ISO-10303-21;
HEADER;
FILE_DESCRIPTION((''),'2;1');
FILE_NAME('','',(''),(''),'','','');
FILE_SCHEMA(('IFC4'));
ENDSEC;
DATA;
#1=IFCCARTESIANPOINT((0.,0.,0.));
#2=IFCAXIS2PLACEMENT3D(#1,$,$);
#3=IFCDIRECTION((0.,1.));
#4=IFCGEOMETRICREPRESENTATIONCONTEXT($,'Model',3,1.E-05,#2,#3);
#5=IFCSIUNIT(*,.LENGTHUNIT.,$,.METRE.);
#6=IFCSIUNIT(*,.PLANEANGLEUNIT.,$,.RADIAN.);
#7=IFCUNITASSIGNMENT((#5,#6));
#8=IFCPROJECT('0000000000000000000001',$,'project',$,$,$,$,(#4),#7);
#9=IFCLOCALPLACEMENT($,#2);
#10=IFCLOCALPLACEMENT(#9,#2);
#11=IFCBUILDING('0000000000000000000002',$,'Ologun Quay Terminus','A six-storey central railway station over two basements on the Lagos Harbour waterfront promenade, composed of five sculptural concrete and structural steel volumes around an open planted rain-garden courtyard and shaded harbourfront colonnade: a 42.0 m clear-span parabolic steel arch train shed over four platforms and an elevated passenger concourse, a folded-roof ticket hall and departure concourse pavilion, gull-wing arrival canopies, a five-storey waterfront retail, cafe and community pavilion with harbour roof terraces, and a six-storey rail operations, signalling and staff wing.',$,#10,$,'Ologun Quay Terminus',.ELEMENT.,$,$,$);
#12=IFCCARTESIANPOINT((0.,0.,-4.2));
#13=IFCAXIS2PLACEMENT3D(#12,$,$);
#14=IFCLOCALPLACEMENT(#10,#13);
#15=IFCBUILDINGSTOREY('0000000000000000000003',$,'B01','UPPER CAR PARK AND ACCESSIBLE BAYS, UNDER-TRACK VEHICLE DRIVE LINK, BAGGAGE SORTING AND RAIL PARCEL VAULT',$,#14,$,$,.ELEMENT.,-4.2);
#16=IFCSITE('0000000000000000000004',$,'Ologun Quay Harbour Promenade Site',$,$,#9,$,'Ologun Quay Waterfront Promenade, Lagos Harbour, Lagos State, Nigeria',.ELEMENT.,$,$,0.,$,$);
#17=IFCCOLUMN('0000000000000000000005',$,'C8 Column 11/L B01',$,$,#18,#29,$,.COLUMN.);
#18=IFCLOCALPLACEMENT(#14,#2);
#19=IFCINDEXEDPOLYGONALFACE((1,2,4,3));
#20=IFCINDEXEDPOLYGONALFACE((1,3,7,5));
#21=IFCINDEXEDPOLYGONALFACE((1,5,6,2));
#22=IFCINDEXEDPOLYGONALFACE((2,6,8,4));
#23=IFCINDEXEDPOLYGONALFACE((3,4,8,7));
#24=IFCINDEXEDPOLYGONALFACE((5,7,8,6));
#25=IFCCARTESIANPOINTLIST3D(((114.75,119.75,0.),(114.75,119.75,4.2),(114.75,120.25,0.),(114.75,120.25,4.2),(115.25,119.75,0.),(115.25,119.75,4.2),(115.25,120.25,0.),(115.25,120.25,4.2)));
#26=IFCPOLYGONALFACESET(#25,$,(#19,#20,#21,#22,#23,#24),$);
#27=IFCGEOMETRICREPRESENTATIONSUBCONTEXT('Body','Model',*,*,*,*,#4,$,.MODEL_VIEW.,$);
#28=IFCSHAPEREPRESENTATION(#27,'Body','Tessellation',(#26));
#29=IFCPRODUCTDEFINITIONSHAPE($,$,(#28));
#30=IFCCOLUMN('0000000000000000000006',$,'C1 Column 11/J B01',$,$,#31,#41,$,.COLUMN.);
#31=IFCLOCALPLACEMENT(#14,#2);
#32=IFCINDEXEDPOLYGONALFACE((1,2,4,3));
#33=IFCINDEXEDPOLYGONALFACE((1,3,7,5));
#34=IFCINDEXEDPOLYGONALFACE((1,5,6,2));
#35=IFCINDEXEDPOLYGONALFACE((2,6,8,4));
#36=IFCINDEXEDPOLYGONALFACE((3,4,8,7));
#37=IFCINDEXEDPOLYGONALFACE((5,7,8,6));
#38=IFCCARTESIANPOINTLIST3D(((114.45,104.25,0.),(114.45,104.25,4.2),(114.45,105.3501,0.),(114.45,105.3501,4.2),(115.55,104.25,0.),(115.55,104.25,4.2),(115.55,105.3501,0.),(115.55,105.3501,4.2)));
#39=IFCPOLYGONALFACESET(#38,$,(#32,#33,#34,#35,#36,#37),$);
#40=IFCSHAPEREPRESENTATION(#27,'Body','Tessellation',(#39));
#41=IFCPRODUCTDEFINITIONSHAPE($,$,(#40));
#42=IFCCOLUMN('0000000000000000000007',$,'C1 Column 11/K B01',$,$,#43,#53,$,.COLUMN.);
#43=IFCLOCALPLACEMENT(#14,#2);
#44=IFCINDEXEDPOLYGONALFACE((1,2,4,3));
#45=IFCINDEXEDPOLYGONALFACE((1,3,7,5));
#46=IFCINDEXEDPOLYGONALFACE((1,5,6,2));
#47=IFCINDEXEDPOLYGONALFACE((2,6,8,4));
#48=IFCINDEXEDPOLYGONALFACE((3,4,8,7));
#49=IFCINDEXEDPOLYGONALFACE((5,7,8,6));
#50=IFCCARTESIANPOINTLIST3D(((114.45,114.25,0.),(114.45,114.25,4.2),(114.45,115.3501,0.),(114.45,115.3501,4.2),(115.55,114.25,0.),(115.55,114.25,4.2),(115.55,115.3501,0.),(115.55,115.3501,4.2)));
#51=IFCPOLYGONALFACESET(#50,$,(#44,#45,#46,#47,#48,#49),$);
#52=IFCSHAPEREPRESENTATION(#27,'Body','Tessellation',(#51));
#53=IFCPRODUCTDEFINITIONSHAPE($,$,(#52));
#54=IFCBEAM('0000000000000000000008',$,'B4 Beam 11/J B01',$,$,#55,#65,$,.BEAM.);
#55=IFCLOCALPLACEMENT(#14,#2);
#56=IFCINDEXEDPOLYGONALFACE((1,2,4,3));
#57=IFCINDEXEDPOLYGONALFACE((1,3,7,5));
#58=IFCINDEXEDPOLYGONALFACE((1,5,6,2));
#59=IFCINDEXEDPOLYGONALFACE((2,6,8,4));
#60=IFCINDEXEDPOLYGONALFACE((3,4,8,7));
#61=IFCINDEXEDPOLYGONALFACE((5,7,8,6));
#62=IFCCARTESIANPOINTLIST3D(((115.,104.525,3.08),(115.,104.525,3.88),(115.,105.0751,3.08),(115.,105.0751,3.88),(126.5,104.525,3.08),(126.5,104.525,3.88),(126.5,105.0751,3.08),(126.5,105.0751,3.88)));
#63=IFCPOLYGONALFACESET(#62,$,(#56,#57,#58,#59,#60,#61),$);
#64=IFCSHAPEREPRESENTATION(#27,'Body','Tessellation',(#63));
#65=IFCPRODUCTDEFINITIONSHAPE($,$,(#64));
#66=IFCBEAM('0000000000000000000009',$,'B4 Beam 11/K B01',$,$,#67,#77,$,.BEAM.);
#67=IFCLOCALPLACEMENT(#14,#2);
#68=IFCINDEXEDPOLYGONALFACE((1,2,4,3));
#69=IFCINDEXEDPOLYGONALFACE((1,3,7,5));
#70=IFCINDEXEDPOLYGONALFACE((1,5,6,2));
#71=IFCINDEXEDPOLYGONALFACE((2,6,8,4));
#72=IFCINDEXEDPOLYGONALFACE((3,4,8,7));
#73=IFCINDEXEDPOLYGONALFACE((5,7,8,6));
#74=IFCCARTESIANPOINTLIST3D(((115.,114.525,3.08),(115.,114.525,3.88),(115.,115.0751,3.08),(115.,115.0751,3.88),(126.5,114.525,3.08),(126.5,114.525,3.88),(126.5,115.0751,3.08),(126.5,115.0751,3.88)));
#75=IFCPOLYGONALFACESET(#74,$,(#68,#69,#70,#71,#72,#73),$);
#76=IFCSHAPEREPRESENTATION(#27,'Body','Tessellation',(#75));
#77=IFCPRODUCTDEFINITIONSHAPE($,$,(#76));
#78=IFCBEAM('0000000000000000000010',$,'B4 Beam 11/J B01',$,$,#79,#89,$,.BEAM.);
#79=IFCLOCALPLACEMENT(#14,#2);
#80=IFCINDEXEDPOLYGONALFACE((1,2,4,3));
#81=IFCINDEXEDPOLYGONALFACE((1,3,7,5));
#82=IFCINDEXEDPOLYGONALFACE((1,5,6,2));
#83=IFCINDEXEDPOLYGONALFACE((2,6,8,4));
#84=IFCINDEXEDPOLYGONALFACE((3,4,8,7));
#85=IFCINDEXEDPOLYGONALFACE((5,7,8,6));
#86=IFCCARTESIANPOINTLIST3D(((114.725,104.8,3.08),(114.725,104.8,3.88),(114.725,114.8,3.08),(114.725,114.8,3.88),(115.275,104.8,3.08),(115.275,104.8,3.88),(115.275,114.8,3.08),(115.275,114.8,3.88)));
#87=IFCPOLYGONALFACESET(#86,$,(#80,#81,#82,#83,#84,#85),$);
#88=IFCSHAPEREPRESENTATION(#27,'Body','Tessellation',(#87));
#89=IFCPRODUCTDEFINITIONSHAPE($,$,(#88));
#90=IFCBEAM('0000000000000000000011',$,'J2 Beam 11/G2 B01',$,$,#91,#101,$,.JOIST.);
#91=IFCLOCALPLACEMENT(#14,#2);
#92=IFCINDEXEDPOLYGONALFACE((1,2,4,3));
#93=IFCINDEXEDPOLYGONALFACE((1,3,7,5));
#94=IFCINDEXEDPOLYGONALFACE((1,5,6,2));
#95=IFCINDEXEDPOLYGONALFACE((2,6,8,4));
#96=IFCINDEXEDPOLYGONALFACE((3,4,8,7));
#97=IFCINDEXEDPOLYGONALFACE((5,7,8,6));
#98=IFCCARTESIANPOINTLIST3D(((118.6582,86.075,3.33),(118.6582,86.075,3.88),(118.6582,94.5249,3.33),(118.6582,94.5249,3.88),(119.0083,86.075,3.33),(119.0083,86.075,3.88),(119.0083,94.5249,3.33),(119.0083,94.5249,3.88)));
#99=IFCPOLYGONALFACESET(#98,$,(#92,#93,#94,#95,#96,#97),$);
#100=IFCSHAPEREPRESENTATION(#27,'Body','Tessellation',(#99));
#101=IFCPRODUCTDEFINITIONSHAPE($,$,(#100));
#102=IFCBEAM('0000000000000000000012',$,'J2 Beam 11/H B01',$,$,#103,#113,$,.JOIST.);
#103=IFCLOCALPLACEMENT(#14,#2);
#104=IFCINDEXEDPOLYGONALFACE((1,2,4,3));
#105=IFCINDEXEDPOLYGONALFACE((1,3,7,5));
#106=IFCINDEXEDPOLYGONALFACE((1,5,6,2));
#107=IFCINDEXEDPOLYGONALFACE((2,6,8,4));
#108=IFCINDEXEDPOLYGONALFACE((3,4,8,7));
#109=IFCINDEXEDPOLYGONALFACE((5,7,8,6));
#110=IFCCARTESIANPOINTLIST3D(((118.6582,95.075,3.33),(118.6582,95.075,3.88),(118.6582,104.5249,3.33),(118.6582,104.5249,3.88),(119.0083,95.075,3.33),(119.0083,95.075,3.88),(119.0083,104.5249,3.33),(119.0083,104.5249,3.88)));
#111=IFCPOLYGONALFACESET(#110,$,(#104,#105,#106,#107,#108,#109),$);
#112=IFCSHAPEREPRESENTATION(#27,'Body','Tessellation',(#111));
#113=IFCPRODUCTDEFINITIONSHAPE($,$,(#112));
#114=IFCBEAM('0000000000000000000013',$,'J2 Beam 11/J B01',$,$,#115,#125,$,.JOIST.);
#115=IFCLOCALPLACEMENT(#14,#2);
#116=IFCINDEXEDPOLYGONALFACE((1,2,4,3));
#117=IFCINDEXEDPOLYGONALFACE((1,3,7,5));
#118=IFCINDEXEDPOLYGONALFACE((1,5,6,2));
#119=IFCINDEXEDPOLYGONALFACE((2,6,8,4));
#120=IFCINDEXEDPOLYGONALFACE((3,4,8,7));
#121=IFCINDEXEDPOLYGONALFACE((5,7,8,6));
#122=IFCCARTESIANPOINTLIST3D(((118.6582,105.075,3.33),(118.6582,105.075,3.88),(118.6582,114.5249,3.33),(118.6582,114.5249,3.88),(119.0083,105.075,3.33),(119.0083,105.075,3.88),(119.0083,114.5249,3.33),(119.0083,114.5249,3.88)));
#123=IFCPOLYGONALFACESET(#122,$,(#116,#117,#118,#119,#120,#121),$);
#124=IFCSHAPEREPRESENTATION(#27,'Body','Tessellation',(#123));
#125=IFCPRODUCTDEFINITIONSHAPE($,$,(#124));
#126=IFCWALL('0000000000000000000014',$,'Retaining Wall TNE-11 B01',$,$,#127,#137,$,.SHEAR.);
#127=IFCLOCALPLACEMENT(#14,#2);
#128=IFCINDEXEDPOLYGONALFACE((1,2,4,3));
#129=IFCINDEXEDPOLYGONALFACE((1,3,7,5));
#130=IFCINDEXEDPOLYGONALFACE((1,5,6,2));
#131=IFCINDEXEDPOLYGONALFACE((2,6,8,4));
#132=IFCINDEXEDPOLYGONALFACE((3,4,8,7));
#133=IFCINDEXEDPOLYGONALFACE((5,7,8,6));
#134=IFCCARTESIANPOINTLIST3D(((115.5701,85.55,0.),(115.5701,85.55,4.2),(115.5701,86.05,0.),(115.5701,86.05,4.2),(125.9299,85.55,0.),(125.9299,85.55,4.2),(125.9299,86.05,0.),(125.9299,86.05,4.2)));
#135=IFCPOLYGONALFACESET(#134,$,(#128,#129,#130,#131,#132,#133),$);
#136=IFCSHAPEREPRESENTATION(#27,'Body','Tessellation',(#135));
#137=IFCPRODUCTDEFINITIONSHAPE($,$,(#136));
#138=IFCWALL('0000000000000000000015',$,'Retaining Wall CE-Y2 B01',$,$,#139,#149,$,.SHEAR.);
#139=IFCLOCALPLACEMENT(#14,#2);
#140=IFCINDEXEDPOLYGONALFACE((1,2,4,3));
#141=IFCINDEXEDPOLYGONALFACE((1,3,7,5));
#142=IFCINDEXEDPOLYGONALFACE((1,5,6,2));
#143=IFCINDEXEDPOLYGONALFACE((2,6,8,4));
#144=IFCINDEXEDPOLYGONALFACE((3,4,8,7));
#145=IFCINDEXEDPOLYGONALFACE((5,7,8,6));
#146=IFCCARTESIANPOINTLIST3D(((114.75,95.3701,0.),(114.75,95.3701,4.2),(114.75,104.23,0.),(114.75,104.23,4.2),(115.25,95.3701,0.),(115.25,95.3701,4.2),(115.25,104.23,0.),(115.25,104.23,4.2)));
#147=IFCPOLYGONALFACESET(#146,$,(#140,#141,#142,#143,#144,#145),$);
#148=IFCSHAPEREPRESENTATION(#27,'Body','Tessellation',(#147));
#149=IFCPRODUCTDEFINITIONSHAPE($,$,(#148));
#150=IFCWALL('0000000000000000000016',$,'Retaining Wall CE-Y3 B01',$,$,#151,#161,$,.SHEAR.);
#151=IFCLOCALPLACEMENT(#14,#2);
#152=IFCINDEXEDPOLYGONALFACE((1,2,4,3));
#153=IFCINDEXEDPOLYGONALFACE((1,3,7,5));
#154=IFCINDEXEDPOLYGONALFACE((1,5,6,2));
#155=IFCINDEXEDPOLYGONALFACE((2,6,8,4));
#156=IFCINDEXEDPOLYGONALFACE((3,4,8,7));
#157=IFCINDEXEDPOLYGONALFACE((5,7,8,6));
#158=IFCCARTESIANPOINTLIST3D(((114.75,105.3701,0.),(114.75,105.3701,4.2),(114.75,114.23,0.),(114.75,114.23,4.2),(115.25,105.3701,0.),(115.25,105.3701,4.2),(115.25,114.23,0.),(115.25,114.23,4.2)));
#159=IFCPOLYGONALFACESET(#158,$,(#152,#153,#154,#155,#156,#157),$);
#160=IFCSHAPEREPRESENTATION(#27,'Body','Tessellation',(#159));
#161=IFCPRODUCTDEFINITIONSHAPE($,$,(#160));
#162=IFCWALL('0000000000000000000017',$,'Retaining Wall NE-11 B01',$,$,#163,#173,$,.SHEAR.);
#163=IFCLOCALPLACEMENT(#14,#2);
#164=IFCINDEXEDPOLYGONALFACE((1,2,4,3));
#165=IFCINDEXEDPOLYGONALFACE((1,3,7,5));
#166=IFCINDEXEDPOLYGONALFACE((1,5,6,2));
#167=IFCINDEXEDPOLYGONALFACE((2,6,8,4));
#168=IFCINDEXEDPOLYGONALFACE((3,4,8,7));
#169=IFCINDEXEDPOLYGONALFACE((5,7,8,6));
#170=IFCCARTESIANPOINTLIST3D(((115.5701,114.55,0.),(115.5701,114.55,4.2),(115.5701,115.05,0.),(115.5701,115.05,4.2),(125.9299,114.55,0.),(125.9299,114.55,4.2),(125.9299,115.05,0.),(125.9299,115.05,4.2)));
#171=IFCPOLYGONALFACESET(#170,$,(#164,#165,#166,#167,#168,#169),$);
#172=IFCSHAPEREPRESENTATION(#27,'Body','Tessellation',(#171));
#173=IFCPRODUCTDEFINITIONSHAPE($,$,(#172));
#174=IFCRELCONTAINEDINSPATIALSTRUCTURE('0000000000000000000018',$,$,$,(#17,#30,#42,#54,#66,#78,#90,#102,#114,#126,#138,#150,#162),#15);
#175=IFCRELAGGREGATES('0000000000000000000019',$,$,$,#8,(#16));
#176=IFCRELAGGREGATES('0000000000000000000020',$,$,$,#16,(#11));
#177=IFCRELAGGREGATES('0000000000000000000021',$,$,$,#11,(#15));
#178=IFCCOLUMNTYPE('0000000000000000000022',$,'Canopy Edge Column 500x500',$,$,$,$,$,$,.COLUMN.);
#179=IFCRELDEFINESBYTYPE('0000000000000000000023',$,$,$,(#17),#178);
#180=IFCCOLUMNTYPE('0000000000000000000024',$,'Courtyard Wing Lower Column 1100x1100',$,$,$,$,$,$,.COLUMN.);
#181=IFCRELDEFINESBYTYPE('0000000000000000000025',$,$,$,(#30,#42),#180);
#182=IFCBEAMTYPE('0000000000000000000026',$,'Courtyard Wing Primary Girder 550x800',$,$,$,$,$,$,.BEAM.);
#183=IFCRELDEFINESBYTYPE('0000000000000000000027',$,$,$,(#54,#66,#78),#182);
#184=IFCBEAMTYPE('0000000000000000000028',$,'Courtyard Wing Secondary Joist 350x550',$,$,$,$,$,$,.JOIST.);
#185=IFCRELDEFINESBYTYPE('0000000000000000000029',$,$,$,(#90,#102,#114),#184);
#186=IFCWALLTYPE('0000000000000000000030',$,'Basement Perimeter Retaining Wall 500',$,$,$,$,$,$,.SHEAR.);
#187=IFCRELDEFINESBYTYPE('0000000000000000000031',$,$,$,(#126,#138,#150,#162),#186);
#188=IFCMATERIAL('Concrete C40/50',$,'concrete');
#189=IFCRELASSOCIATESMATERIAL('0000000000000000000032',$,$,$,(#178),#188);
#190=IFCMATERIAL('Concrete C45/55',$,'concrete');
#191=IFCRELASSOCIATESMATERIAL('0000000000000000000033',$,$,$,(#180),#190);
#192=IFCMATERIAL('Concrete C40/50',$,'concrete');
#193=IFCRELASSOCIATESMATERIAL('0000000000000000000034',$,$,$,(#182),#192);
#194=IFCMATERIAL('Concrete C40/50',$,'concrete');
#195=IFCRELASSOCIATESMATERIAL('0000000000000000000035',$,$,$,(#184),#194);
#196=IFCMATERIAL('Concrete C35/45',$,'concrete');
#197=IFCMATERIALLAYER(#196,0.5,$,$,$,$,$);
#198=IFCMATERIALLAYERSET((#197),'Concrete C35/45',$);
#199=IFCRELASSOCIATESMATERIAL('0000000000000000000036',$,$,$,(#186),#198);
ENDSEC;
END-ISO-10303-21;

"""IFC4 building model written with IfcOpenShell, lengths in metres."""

from ifc_helpers import new_model, si_unit, direction, frame, frame_2d, origin, origin_2d, place, context, subcontext, project, spatial, rectangle, extrude, material, layer, layer_set, material_profile, profile_set, type_object, element, save


model = new_model("IFC4")

# Units and contexts
model_context = context("Model", 3, precision=1e-05, world=origin(), true_north=direction((0.0, 1.0)))
body_context = subcontext(model_context, "Body", "Model", "MODEL_VIEW")
ifc_project = project(units=[si_unit("LENGTHUNIT", "METRE"), si_unit("PLANEANGLEUNIT", "RADIAN")], contexts=[model_context])

# Site, building, storey
site_placement = place(None, origin())
site = spatial("IfcSite", under=ifc_project, at=site_placement, Name="Ologun Quay Harbour Promenade Site", LongName="Ologun Quay Waterfront Promenade, Lagos Harbour, Lagos State, Nigeria", CompositionType="ELEMENT", RefElevation=0.0)
building_placement = place(site_placement, origin())
building = spatial("IfcBuilding", under=site, at=building_placement, Name="Ologun Quay Terminus", Description="A six-storey central railway station over two basements on the Lagos Harbour waterfront promenade, composed of five sculptural concrete and structural steel volumes around an open planted rain-garden courtyard and shaded harbourfront colonnade: a 42.0 m clear-span parabolic steel arch train shed over four platforms and an elevated passenger concourse, a folded-roof ticket hall and departure concourse pavilion, gull-wing arrival canopies, a five-storey waterfront retail, cafe and community pavilion with harbour roof terraces, and a six-storey rail operations, signalling and staff wing.", LongName="Ologun Quay Terminus", CompositionType="ELEMENT")
storey_placement = place(building_placement, frame((0.0, 0.0, -4.2)))
storey = spatial("IfcBuildingStorey", under=building, at=storey_placement, Name="B01", Description="UPPER CAR PARK AND ACCESSIBLE BAYS, UNDER-TRACK VEHICLE DRIVE LINK, BAGGAGE SORTING AND RAIL PARCEL VAULT", CompositionType="ELEMENT", Elevation=-4.2)

# Columns
ifc_material_1 = material(Name="Concrete C40/50", Category="concrete")
ifc_material_profile_1 = material_profile(ifc_material_1, rectangle(XDim=0.5, YDim=0.5, at=origin_2d()), Name="RC 500x500")
ifc_profile_set_1 = profile_set([ifc_material_profile_1], Name="Concrete C40/50")
column_type_1 = type_object("IfcColumnType", Name="Canopy Edge Column 500x500", PredefinedType="COLUMN", material=ifc_profile_set_1)
column_placement = place(storey_placement, frame((115.0, 120.0, 0.0), z_axis=(0.0, 0.0, 1.0), x_axis=(1.0, 0.0, 0.0)))
element("IfcColumn", 1, at=column_placement, inside=storey, type_object=column_type_1, Name="C8 Column 11/L B01", PredefinedType="COLUMN", context=body_context, shape_type="SweptSolid", body=[
    extrude(rectangle(XDim=0.5, YDim=0.5, at=origin_2d()), origin(), (0.0, 0.0, 1.0), 4.2),
])
ifc_material_2 = material(Name="Concrete C45/55", Category="concrete")
ifc_material_profile_2 = material_profile(ifc_material_2, rectangle(XDim=1.1001, YDim=1.1001, at=origin_2d()), Name="RC 1100x1100")
ifc_profile_set_2 = profile_set([ifc_material_profile_2], Name="Concrete C45/55")
column_type_2 = type_object("IfcColumnType", Name="Courtyard Wing Lower Column 1100x1100", PredefinedType="COLUMN", material=ifc_profile_set_2)
for number, where, z_axis, x_axis, name in (
    (2, (115.0, 104.8, 0.0), (0.0, 0.0, 1.0), (1.0, 0.0, 0.0), "C1 Column 11/J B01"),
    (3, (115.0, 114.8, 0.0), (0.0, 0.0, 1.0), (1.0, 0.0, 0.0), "C1 Column 11/K B01"),
):
    element("IfcColumn", number, at=place(storey_placement, frame(where, z_axis=z_axis, x_axis=x_axis)), inside=storey, type_object=column_type_2, Name=name, PredefinedType="COLUMN", context=body_context, shape_type="SweptSolid", body=[
        extrude(rectangle(XDim=1.1001, YDim=1.1001, at=origin_2d()), origin(), (0.0, 0.0, 1.0), 4.2),
    ])

# Beams
ifc_material_3 = material(Name="Concrete C40/50", Category="concrete")
ifc_material_profile_3 = material_profile(ifc_material_3, rectangle(XDim=0.55, YDim=0.8, at=origin_2d()), Name="RC 550x800")
ifc_profile_set_3 = profile_set([ifc_material_profile_3], Name="Concrete C40/50")
beam_type_1 = type_object("IfcBeamType", Name="Courtyard Wing Primary Girder 550x800", PredefinedType="BEAM", material=ifc_profile_set_3)
for number, where, z_axis, x_axis, name in (
    (4, (115.0, 104.8, 3.48), (1.0, 0.0, 0.0), (0.0, 1.0, 0.0), "B4 Beam 11/J B01"),
    (5, (115.0, 114.8, 3.48), (1.0, 0.0, 0.0), (0.0, 1.0, 0.0), "B4 Beam 11/K B01"),
):
    element("IfcBeam", number, at=place(storey_placement, frame(where, z_axis=z_axis, x_axis=x_axis)), inside=storey, type_object=beam_type_1, Name=name, PredefinedType="BEAM", context=body_context, shape_type="SweptSolid", body=[
        extrude(rectangle(XDim=0.55, YDim=0.8, at=origin_2d()), origin(), (0.0, 0.0, 1.0), 11.5),
    ])
beam_1_placement = place(storey_placement, frame((115.0, 104.8, 3.48), z_axis=(0.0, 1.0, 0.0), x_axis=(-1.0, 0.0, 0.0)))
element("IfcBeam", 6, at=beam_1_placement, inside=storey, type_object=beam_type_1, Name="B4 Beam 11/J B01", PredefinedType="BEAM", context=body_context, shape_type="SweptSolid", body=[
    extrude(rectangle(XDim=0.55, YDim=0.8, at=origin_2d()), origin(), (0.0, 0.0, 1.0), 10.0),
])
ifc_material_4 = material(Name="Concrete C40/50", Category="concrete")
ifc_material_profile_4 = material_profile(ifc_material_4, rectangle(XDim=0.3501, YDim=0.55, at=origin_2d()), Name="RC 350x550")
ifc_profile_set_4 = profile_set([ifc_material_profile_4], Name="Concrete C40/50")
beam_type_2 = type_object("IfcBeamType", Name="Courtyard Wing Secondary Joist 350x550", PredefinedType="JOIST", material=ifc_profile_set_4)
beam_2_placement = place(storey_placement, frame((118.8333, 86.075, 3.605), z_axis=(0.0, 1.0, 0.0), x_axis=(-1.0, 0.0, 0.0)))
element("IfcBeam", 7, at=beam_2_placement, inside=storey, type_object=beam_type_2, Name="J2 Beam 11/G2 B01", PredefinedType="JOIST", context=body_context, shape_type="SweptSolid", body=[
    extrude(rectangle(XDim=0.3501, YDim=0.55, at=origin_2d()), origin(), (0.0, 0.0, 1.0), 8.45),
])
for number, where, z_axis, x_axis, name in (
    (8, (118.8333, 95.075, 3.605), (0.0, 1.0, 0.0), (-1.0, 0.0, 0.0), "J2 Beam 11/H B01"),
    (9, (118.8333, 105.075, 3.605), (0.0, 1.0, 0.0), (-1.0, 0.0, 0.0), "J2 Beam 11/J B01"),
):
    element("IfcBeam", number, at=place(storey_placement, frame(where, z_axis=z_axis, x_axis=x_axis)), inside=storey, type_object=beam_type_2, Name=name, PredefinedType="JOIST", context=body_context, shape_type="SweptSolid", body=[
        extrude(rectangle(XDim=0.3501, YDim=0.55, at=origin_2d()), origin(), (0.0, 0.0, 1.0), 9.45),
    ])

# Walls
ifc_material_5 = material(Name="Concrete C35/45", Category="concrete")
ifc_layer_1 = layer(ifc_material_5, 0.5)
ifc_layer_set_1 = layer_set([ifc_layer_1], Name="Concrete C35/45")
wall_type_1 = type_object("IfcWallType", Name="Basement Perimeter Retaining Wall 500", PredefinedType="SHEAR", material=ifc_layer_set_1)
wall_1_placement = place(storey_placement, frame((115.5701, 85.8, 0.0), z_axis=(0.0, 0.0, 1.0), x_axis=(1.0, 0.0, 0.0)))
element("IfcWall", 10, at=wall_1_placement, inside=storey, type_object=wall_type_1, Name="Retaining Wall TNE-11 B01", PredefinedType="SHEAR", context=body_context, shape_type="SweptSolid", body=[
    extrude(rectangle(XDim=10.3599, YDim=0.5, at=frame_2d((5.1799, 0.0))), origin(), (0.0, 0.0, 1.0), 4.2),
])
for number, where, z_axis, x_axis, name in (
    (11, (115.0, 95.3701, 0.0), (0.0, 0.0, 1.0), (0.0, 1.0, 0.0), "Retaining Wall CE-Y2 B01"),
    (12, (115.0, 105.3701, 0.0), (0.0, 0.0, 1.0), (0.0, 1.0, 0.0), "Retaining Wall CE-Y3 B01"),
):
    element("IfcWall", number, at=place(storey_placement, frame(where, z_axis=z_axis, x_axis=x_axis)), inside=storey, type_object=wall_type_1, Name=name, PredefinedType="SHEAR", context=body_context, shape_type="SweptSolid", body=[
        extrude(rectangle(XDim=8.8599, YDim=0.5, at=frame_2d((4.4299, 0.0))), origin(), (0.0, 0.0, 1.0), 4.2),
    ])
wall_2_placement = place(storey_placement, frame((115.5701, 114.8, 0.0), z_axis=(0.0, 0.0, 1.0), x_axis=(1.0, 0.0, 0.0)))
element("IfcWall", 13, at=wall_2_placement, inside=storey, type_object=wall_type_1, Name="Retaining Wall NE-11 B01", PredefinedType="SHEAR", context=body_context, shape_type="SweptSolid", body=[
    extrude(rectangle(XDim=10.3599, YDim=0.5, at=frame_2d((5.1799, 0.0))), origin(), (0.0, 0.0, 1.0), 4.2),
])

save(model, "model.ifc")
